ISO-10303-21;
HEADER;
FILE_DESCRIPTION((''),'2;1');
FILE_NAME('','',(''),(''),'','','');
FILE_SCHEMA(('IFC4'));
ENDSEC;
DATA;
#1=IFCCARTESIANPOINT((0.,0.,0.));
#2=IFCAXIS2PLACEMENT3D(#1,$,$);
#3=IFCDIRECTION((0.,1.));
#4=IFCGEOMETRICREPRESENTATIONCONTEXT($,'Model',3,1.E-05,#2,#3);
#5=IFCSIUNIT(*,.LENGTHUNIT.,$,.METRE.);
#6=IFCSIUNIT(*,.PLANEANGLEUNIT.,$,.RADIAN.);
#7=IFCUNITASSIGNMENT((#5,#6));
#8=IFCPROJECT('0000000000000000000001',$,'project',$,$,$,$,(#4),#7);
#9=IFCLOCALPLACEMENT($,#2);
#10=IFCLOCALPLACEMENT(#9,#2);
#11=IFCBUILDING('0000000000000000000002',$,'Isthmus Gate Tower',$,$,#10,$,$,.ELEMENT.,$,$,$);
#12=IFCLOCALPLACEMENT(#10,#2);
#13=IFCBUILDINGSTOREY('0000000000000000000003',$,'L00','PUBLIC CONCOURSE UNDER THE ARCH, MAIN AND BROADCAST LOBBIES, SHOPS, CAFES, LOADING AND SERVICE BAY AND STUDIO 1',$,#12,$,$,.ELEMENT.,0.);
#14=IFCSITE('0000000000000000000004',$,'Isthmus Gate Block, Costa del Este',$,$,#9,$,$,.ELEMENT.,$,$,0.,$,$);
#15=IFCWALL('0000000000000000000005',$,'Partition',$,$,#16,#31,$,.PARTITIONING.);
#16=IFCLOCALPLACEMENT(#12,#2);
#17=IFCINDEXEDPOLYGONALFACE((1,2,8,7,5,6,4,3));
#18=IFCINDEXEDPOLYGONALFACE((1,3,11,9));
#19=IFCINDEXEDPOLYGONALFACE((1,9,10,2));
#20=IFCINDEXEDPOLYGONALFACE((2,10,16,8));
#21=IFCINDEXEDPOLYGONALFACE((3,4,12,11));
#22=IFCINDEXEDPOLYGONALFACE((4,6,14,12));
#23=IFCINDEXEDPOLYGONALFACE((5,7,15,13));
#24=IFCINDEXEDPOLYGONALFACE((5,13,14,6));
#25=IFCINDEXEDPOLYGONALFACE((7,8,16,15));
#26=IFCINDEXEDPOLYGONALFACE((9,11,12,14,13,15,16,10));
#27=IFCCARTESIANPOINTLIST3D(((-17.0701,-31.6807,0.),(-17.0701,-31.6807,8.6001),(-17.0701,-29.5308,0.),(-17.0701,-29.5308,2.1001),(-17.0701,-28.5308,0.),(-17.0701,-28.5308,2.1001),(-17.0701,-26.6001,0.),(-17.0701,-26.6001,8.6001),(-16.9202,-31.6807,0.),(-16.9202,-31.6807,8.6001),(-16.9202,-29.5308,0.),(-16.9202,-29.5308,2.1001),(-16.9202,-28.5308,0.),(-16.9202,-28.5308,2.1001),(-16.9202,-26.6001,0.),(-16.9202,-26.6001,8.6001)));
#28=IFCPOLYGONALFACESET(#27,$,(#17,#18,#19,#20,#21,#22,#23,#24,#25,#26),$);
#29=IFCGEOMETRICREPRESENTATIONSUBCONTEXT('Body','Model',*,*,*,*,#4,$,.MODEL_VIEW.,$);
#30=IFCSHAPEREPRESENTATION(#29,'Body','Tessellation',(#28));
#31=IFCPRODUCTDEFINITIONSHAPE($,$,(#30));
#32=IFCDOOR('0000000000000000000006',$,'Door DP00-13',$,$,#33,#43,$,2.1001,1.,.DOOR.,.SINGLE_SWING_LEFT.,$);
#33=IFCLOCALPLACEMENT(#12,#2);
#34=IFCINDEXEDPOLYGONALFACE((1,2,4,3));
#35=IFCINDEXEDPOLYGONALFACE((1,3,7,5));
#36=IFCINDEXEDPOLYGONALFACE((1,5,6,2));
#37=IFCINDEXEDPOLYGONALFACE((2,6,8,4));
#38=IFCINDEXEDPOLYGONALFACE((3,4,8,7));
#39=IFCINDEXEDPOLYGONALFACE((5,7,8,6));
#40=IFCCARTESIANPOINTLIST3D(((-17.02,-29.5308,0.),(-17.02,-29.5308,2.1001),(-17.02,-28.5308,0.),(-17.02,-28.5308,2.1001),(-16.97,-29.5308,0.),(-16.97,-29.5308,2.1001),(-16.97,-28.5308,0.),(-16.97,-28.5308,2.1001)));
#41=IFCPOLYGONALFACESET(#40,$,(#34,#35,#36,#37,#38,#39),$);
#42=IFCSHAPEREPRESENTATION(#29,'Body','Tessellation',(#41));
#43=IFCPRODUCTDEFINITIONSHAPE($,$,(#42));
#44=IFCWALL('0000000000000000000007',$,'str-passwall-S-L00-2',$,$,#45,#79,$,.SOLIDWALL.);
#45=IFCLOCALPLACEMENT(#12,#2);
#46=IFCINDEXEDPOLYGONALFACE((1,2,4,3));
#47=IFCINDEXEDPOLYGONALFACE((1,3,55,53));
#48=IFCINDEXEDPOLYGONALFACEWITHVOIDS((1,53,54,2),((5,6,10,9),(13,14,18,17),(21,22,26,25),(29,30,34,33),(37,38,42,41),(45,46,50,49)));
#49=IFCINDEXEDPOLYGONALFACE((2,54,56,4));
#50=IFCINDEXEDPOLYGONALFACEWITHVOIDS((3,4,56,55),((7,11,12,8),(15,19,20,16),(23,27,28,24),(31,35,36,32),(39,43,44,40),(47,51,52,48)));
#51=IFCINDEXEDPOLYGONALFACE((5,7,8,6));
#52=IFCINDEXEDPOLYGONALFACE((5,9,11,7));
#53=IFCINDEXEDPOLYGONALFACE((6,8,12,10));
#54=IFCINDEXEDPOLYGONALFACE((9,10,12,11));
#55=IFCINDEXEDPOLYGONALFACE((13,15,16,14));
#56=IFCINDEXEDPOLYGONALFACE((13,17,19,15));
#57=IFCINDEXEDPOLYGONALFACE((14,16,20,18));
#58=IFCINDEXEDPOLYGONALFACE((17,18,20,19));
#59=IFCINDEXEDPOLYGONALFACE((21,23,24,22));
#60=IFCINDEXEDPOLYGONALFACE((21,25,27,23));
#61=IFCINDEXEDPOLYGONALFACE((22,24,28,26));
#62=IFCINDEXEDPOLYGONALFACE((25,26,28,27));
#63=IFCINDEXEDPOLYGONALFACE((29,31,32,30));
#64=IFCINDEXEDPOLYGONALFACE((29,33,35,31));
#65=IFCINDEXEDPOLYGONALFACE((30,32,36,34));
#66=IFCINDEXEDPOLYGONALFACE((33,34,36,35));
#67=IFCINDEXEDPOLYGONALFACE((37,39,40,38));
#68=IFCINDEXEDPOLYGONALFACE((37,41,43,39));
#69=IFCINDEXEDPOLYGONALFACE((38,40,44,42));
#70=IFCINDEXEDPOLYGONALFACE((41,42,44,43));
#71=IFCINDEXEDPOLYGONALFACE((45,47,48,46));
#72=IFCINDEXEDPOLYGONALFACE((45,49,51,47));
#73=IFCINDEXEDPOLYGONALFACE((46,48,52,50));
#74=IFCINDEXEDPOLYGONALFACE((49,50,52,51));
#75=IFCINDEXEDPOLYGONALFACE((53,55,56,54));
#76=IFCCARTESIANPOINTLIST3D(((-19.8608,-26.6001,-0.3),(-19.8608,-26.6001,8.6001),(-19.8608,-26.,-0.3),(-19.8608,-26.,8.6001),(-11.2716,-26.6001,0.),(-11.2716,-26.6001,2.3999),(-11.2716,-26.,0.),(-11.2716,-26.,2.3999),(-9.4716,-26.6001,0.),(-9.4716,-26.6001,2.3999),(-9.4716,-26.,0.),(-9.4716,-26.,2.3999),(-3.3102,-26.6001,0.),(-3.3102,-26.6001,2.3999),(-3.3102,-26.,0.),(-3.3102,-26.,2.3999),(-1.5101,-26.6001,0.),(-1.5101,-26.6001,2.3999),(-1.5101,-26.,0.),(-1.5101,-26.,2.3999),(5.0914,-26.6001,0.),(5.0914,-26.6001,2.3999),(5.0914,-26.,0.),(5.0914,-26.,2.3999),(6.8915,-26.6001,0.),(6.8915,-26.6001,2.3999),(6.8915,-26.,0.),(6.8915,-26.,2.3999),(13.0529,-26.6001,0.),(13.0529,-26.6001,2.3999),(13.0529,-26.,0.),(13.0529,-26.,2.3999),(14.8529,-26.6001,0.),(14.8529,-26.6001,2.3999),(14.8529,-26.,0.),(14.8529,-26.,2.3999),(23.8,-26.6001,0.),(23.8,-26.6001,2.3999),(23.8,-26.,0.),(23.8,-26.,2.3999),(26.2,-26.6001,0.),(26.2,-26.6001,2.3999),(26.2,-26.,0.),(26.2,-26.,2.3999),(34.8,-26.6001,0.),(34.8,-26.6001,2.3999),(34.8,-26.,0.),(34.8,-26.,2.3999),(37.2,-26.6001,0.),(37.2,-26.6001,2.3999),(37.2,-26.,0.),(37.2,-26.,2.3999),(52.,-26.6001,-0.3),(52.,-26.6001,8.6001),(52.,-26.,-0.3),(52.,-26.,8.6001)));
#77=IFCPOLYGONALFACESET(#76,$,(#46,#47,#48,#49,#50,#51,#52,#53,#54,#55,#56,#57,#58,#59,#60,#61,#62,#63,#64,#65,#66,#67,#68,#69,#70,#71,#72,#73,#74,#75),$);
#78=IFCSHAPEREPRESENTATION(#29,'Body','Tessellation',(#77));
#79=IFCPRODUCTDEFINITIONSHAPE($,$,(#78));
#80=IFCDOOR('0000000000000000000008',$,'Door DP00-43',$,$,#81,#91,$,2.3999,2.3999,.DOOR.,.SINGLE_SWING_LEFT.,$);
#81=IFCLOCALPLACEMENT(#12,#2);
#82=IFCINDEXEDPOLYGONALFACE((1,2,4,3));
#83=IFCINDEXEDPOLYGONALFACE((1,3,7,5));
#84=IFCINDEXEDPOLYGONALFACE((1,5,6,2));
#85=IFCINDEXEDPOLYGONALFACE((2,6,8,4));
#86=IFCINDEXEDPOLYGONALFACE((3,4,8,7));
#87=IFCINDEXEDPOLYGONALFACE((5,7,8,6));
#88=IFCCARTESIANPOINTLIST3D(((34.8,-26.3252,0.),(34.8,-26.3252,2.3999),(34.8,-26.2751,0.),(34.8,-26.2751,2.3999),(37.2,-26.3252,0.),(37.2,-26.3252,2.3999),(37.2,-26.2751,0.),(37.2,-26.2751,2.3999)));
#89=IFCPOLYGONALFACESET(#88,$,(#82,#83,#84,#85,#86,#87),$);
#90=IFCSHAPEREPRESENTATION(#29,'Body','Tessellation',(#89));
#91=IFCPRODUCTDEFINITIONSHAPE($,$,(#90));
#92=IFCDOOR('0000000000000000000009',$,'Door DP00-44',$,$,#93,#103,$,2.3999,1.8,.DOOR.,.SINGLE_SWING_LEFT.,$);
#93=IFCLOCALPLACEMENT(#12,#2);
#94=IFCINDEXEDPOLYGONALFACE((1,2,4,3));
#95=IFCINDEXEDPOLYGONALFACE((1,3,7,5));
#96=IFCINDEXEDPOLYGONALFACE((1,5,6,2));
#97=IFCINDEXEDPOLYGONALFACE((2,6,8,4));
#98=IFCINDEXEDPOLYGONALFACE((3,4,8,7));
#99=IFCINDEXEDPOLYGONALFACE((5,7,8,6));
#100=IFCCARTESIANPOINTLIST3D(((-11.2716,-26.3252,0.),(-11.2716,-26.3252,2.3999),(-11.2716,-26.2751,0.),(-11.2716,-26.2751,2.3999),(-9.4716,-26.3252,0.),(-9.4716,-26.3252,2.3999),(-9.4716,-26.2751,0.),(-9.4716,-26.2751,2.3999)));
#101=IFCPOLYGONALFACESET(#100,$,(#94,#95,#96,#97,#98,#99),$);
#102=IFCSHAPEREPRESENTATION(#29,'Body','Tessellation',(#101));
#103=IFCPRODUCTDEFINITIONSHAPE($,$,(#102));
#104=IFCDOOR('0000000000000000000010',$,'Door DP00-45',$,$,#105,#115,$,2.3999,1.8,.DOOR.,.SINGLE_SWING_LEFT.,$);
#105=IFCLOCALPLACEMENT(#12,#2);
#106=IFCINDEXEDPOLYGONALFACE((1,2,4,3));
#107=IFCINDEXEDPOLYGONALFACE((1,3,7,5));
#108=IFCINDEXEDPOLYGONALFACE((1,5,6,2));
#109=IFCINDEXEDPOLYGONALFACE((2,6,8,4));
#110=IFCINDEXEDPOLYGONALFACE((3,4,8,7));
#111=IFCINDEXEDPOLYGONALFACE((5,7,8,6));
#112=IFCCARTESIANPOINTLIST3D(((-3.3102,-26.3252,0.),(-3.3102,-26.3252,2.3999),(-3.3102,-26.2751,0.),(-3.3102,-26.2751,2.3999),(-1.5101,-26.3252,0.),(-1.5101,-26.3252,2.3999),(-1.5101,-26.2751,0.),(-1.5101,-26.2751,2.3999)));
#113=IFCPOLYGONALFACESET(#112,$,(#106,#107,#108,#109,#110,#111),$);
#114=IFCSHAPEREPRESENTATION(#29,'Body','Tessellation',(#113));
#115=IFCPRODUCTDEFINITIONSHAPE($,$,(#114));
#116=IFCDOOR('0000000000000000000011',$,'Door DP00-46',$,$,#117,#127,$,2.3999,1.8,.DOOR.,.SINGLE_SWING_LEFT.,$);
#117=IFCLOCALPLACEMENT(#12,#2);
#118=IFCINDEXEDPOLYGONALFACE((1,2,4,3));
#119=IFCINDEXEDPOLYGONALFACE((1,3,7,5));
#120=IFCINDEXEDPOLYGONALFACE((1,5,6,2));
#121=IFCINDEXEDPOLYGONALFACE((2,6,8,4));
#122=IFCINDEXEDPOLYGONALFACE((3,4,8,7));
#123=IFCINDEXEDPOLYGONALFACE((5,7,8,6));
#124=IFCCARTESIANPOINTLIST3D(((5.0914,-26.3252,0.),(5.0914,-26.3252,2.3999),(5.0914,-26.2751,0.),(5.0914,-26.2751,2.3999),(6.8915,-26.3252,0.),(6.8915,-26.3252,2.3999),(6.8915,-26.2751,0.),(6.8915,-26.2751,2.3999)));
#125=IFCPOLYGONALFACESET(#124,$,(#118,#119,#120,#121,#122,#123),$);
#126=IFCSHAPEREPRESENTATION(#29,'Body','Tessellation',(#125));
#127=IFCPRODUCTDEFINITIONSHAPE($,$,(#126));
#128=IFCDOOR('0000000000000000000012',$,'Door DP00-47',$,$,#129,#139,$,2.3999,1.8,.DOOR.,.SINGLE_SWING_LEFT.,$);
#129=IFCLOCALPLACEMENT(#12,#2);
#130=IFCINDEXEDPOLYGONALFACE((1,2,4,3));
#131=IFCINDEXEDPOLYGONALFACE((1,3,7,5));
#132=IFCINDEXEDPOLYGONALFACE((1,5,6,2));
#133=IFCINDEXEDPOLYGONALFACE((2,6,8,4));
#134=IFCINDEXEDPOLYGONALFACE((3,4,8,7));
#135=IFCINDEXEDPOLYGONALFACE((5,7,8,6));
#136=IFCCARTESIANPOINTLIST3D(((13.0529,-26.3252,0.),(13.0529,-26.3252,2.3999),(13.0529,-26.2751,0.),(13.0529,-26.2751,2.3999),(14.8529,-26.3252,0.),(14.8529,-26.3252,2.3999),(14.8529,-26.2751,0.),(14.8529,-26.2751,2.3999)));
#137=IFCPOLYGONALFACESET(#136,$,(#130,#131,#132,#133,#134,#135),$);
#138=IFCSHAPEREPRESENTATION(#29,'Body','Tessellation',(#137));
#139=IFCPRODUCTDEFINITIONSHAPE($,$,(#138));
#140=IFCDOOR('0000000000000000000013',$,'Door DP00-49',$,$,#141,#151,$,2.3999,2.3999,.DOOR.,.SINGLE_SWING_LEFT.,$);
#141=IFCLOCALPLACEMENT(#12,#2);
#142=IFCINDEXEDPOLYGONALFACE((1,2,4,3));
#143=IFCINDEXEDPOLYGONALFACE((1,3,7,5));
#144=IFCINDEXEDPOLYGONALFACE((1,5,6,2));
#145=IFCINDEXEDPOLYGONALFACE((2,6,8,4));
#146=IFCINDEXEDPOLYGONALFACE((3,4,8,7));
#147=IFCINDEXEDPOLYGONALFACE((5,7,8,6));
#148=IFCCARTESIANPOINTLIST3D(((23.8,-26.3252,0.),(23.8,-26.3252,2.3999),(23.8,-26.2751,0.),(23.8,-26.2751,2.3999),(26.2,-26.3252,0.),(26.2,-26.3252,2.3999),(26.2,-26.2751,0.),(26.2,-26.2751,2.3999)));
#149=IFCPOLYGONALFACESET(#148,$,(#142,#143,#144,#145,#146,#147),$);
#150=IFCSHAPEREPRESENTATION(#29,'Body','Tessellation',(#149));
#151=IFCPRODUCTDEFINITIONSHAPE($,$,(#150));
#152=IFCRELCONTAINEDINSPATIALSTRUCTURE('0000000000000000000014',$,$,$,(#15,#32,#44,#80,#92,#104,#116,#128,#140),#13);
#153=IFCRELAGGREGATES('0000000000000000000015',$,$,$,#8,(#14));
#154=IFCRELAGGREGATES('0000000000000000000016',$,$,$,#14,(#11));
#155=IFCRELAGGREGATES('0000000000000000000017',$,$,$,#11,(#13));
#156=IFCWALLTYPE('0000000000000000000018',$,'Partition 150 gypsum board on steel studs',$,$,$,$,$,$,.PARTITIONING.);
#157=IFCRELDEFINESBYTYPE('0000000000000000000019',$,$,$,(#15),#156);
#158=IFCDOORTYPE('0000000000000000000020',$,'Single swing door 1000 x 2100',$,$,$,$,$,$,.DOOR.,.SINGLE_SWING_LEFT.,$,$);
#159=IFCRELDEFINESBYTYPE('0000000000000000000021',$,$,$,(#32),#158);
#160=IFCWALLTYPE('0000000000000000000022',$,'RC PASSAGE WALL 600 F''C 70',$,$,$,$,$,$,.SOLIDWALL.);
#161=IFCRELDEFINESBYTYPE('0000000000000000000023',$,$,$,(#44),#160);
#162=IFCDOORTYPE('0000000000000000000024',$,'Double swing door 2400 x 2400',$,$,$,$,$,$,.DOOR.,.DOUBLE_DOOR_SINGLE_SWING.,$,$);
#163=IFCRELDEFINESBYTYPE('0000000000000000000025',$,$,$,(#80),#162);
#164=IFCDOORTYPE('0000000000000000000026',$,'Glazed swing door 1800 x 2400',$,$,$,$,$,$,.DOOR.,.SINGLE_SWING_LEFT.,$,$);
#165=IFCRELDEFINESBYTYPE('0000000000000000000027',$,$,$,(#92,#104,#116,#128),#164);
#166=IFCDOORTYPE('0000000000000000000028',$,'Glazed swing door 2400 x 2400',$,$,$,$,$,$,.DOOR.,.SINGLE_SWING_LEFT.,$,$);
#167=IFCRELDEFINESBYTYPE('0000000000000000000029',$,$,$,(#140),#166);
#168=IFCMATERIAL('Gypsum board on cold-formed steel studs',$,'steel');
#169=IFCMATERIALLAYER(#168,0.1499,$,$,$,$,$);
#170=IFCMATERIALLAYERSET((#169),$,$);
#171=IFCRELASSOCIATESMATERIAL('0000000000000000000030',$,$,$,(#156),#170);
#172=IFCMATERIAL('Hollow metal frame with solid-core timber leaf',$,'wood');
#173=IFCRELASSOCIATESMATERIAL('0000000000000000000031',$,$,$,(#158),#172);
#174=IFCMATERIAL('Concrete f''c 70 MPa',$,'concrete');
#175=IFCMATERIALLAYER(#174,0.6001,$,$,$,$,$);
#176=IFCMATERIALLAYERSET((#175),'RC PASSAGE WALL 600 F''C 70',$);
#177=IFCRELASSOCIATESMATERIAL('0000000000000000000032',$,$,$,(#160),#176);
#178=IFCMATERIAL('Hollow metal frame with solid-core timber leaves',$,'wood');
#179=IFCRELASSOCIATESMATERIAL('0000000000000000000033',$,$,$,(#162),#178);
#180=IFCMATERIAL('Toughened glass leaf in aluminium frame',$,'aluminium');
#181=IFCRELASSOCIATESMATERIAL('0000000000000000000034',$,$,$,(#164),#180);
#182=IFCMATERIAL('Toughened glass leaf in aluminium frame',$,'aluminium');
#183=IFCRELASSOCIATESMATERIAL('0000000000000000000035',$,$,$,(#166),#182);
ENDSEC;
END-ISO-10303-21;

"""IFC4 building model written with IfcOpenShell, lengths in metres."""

from ifc_helpers import new_model, si_unit, direction, frame, frame_2d, origin, place, context, subcontext, project, spatial, rectangle, extrude, material, layer, layer_set, type_object, element, fill, save


model = new_model("IFC4")

# Units and contexts
model_context = context("Model", 3, precision=1e-05, world=origin(), true_north=direction((0.0, 1.0)))
body_context = subcontext(model_context, "Body", "Model", "MODEL_VIEW")
ifc_project = project(units=[si_unit("LENGTHUNIT", "METRE"), si_unit("PLANEANGLEUNIT", "RADIAN")], contexts=[model_context])

# Site, building, storey
site_placement = place(None, origin())
site = spatial("IfcSite", under=ifc_project, at=site_placement, Name="Isthmus Gate Block, Costa del Este", CompositionType="ELEMENT", RefElevation=0.0)
building_placement = place(site_placement, origin())
building = spatial("IfcBuilding", under=site, at=building_placement, Name="Isthmus Gate Tower", CompositionType="ELEMENT")
storey_placement = place(building_placement, origin())
storey = spatial("IfcBuildingStorey", under=building, at=storey_placement, Name="L00", Description="PUBLIC CONCOURSE UNDER THE ARCH, MAIN AND BROADCAST LOBBIES, SHOPS, CAFES, LOADING AND SERVICE BAY AND STUDIO 1", CompositionType="ELEMENT", Elevation=0.0)

# Wall, opening, door
ifc_material_1 = material(Name="Gypsum board on cold-formed steel studs", Category="steel")
ifc_layer_1 = layer(ifc_material_1, 0.1499)
ifc_layer_set_1 = layer_set([ifc_layer_1])
wall_type_1 = type_object("IfcWallType", Name="Partition 150 gypsum board on steel studs", PredefinedType="PARTITIONING", material=ifc_layer_set_1)
wall_1_placement = place(storey_placement, frame((-16.9951, -31.6807, 0.0), z_axis=(0.0, 0.0, 1.0), x_axis=(0.0, 1.0, 0.0)))
wall_1 = element("IfcWall", 1, at=wall_1_placement, inside=storey, type_object=wall_type_1, Name="Partition", PredefinedType="PARTITIONING", context=body_context, shape_type="SweptSolid", body=[
    extrude(rectangle(XDim=5.0806, YDim=0.1499, at=frame_2d((2.5403, 0.0))), origin(), (0.0, 0.0, 1.0), 8.6001),
])
opening_1_placement = place(wall_1_placement, frame((2.1499, 0.0, 0.0)))
opening_1 = element("IfcOpeningElement", 2, at=opening_1_placement, cuts=wall_1, PredefinedType="OPENING", context=body_context, shape_type="SweptSolid", body=[
    extrude(rectangle(XDim=1.0, YDim=2.1001, at=frame_2d((0.5, 1.05))), frame((0.0, 0.085, 0.0), z_axis=(0.0, -1.0, 0.0), x_axis=(1.0, 0.0, 0.0)), (0.0, 0.0, 1.0), 0.1699),
])
ifc_material_2 = material(Name="Hollow metal frame with solid-core timber leaf", Category="wood")
door_type_1 = type_object("IfcDoorType", Name="Single swing door 1000 x 2100", OperationType="SINGLE_SWING_LEFT", PredefinedType="DOOR", material=ifc_material_2)
door_1_placement = place(opening_1_placement, origin())
door_1 = element("IfcDoor", 3, at=door_1_placement, inside=storey, type_object=door_type_1, Name="Door DP00-13", OperationType="SINGLE_SWING_LEFT", OverallHeight=2.1001, OverallWidth=1.0, PredefinedType="DOOR", context=body_context, shape_type="SweptSolid", body=[
    extrude(rectangle(XDim=1.0, YDim=2.1001, at=frame_2d((0.5, 1.05))), frame((0.0, 0.0249, 0.0), z_axis=(0.0, -1.0, 0.0), x_axis=(1.0, 0.0, 0.0)), (0.0, 0.0, 1.0), 0.05),
])
fill(opening_1, door_1)

# Wall, openings, doors
ifc_material_3 = material(Name="Concrete f'c 70 MPa", Category="concrete")
ifc_layer_2 = layer(ifc_material_3, 0.6001)
ifc_layer_set_2 = layer_set([ifc_layer_2], Name="RC PASSAGE WALL 600 F'C 70")
wall_type_2 = type_object("IfcWallType", Name="RC PASSAGE WALL 600 F'C 70", PredefinedType="SOLIDWALL", material=ifc_layer_set_2)
wall_2_placement = place(storey_placement, frame((-19.8608, -26.3, -0.3), z_axis=(0.0, 0.0, 1.0), x_axis=(1.0, 0.0, 0.0)))
wall_2 = element("IfcWall", 4, at=wall_2_placement, inside=storey, type_object=wall_type_2, Name="str-passwall-S-L00-2", PredefinedType="SOLIDWALL", context=body_context, shape_type="SweptSolid", body=[
    extrude(rectangle(XDim=71.8608, YDim=0.6001, at=frame_2d((35.9304, 0.0))), origin(), (0.0, 0.0, 1.0), 8.9001),
])
opening_2_placement = place(wall_2_placement, frame((54.6609, 0.0, 0.3)))
opening_2 = element("IfcOpeningElement", 5, at=opening_2_placement, cuts=wall_2, PredefinedType="OPENING", context=body_context, shape_type="SweptSolid", body=[
    extrude(rectangle(XDim=2.3999, YDim=2.3999, at=frame_2d((1.2, 1.2))), frame((0.0, 0.3101, 0.0), z_axis=(0.0, -1.0, 0.0), x_axis=(1.0, 0.0, 0.0)), (0.0, 0.0, 1.0), 0.6201),
])
opening_3_placement = place(wall_2_placement, frame((8.5894, 0.0, 0.3)))
opening_3 = element("IfcOpeningElement", 6, at=opening_3_placement, cuts=wall_2, PredefinedType="OPENING", context=body_context, shape_type="SweptSolid", body=[
    extrude(rectangle(XDim=1.8, YDim=2.3999, at=frame_2d((0.8999, 1.2))), frame((0.0, 0.3101, 0.0), z_axis=(0.0, -1.0, 0.0), x_axis=(1.0, 0.0, 0.0)), (0.0, 0.0, 1.0), 0.6201),
])
opening_4_placement = place(wall_2_placement, frame((16.5508, 0.0, 0.3)))
opening_4 = element("IfcOpeningElement", 7, at=opening_4_placement, cuts=wall_2, PredefinedType="OPENING", context=body_context, shape_type="SweptSolid", body=[
    extrude(rectangle(XDim=1.8, YDim=2.3999, at=frame_2d((0.8999, 1.2))), frame((0.0, 0.3101, 0.0), z_axis=(0.0, -1.0, 0.0), x_axis=(1.0, 0.0, 0.0)), (0.0, 0.0, 1.0), 0.6201),
])
opening_5_placement = place(wall_2_placement, frame((24.9524, 0.0, 0.3)))
opening_5 = element("IfcOpeningElement", 8, at=opening_5_placement, cuts=wall_2, PredefinedType="OPENING", context=body_context, shape_type="SweptSolid", body=[
    extrude(rectangle(XDim=1.8, YDim=2.3999, at=frame_2d((0.8999, 1.2))), frame((0.0, 0.3101, 0.0), z_axis=(0.0, -1.0, 0.0), x_axis=(1.0, 0.0, 0.0)), (0.0, 0.0, 1.0), 0.6201),
])
opening_6_placement = place(wall_2_placement, frame((32.9138, 0.0, 0.3)))
opening_6 = element("IfcOpeningElement", 9, at=opening_6_placement, cuts=wall_2, PredefinedType="OPENING", context=body_context, shape_type="SweptSolid", body=[
    extrude(rectangle(XDim=1.8, YDim=2.3999, at=frame_2d((0.8999, 1.2))), frame((0.0, 0.3101, 0.0), z_axis=(0.0, -1.0, 0.0), x_axis=(1.0, 0.0, 0.0)), (0.0, 0.0, 1.0), 0.6201),
])
opening_7_placement = place(wall_2_placement, frame((43.6609, 0.0, 0.3)))
opening_7 = element("IfcOpeningElement", 10, at=opening_7_placement, cuts=wall_2, PredefinedType="OPENING", context=body_context, shape_type="SweptSolid", body=[
    extrude(rectangle(XDim=2.3999, YDim=2.3999, at=frame_2d((1.2, 1.2))), frame((0.0, 0.3101, 0.0), z_axis=(0.0, -1.0, 0.0), x_axis=(1.0, 0.0, 0.0)), (0.0, 0.0, 1.0), 0.6201),
])
ifc_material_4 = material(Name="Hollow metal frame with solid-core timber leaves", Category="wood")
door_type_2 = type_object("IfcDoorType", Name="Double swing door 2400 x 2400", OperationType="DOUBLE_DOOR_SINGLE_SWING", PredefinedType="DOOR", material=ifc_material_4)
door_2_placement = place(opening_2_placement, origin())
door_2 = element("IfcDoor", 11, at=door_2_placement, inside=storey, type_object=door_type_2, Name="Door DP00-43", OperationType="SINGLE_SWING_LEFT", OverallHeight=2.3999, OverallWidth=2.3999, PredefinedType="DOOR", context=body_context, shape_type="SweptSolid", body=[
    extrude(rectangle(XDim=2.3999, YDim=2.3999, at=frame_2d((1.2, 1.2))), frame((0.0, 0.0249, 0.0), z_axis=(0.0, -1.0, 0.0), x_axis=(1.0, 0.0, 0.0)), (0.0, 0.0, 1.0), 0.05),
])
fill(opening_2, door_2)
ifc_material_5 = material(Name="Toughened glass leaf in aluminium frame", Category="aluminium")
door_type_3 = type_object("IfcDoorType", Name="Glazed swing door 1800 x 2400", OperationType="SINGLE_SWING_LEFT", PredefinedType="DOOR", material=ifc_material_5)
door_3_placement = place(opening_3_placement, origin())
door_3 = element("IfcDoor", 12, at=door_3_placement, inside=storey, type_object=door_type_3, Name="Door DP00-44", OperationType="SINGLE_SWING_LEFT", OverallHeight=2.3999, OverallWidth=1.8, PredefinedType="DOOR", context=body_context, shape_type="SweptSolid", body=[
    extrude(rectangle(XDim=1.8, YDim=2.3999, at=frame_2d((0.8999, 1.2))), frame((0.0, 0.0249, 0.0), z_axis=(0.0, -1.0, 0.0), x_axis=(1.0, 0.0, 0.0)), (0.0, 0.0, 1.0), 0.05),
])
fill(opening_3, door_3)
door_4_placement = place(opening_4_placement, origin())
door_4 = element("IfcDoor", 13, at=door_4_placement, inside=storey, type_object=door_type_3, Name="Door DP00-45", OperationType="SINGLE_SWING_LEFT", OverallHeight=2.3999, OverallWidth=1.8, PredefinedType="DOOR", context=body_context, shape_type="SweptSolid", body=[
    extrude(rectangle(XDim=1.8, YDim=2.3999, at=frame_2d((0.8999, 1.2))), frame((0.0, 0.0249, 0.0), z_axis=(0.0, -1.0, 0.0), x_axis=(1.0, 0.0, 0.0)), (0.0, 0.0, 1.0), 0.05),
])
fill(opening_4, door_4)
door_5_placement = place(opening_5_placement, origin())
door_5 = element("IfcDoor", 14, at=door_5_placement, inside=storey, type_object=door_type_3, Name="Door DP00-46", OperationType="SINGLE_SWING_LEFT", OverallHeight=2.3999, OverallWidth=1.8, PredefinedType="DOOR", context=body_context, shape_type="SweptSolid", body=[
    extrude(rectangle(XDim=1.8, YDim=2.3999, at=frame_2d((0.8999, 1.2))), frame((0.0, 0.0249, 0.0), z_axis=(0.0, -1.0, 0.0), x_axis=(1.0, 0.0, 0.0)), (0.0, 0.0, 1.0), 0.05),
])
fill(opening_5, door_5)
door_6_placement = place(opening_6_placement, origin())
door_6 = element("IfcDoor", 15, at=door_6_placement, inside=storey, type_object=door_type_3, Name="Door DP00-47", OperationType="SINGLE_SWING_LEFT", OverallHeight=2.3999, OverallWidth=1.8, PredefinedType="DOOR", context=body_context, shape_type="SweptSolid", body=[
    extrude(rectangle(XDim=1.8, YDim=2.3999, at=frame_2d((0.8999, 1.2))), frame((0.0, 0.0249, 0.0), z_axis=(0.0, -1.0, 0.0), x_axis=(1.0, 0.0, 0.0)), (0.0, 0.0, 1.0), 0.05),
])
fill(opening_6, door_6)
ifc_material_6 = material(Name="Toughened glass leaf in aluminium frame", Category="aluminium")
door_type_4 = type_object("IfcDoorType", Name="Glazed swing door 2400 x 2400", OperationType="SINGLE_SWING_LEFT", PredefinedType="DOOR", material=ifc_material_6)
door_7_placement = place(opening_7_placement, origin())
door_7 = element("IfcDoor", 16, at=door_7_placement, inside=storey, type_object=door_type_4, Name="Door DP00-49", OperationType="SINGLE_SWING_LEFT", OverallHeight=2.3999, OverallWidth=2.3999, PredefinedType="DOOR", context=body_context, shape_type="SweptSolid", body=[
    extrude(rectangle(XDim=2.3999, YDim=2.3999, at=frame_2d((1.2, 1.2))), frame((0.0, 0.0249, 0.0), z_axis=(0.0, -1.0, 0.0), x_axis=(1.0, 0.0, 0.0)), (0.0, 0.0, 1.0), 0.05),
])
fill(opening_7, door_7)

save(model, "model.ifc")
